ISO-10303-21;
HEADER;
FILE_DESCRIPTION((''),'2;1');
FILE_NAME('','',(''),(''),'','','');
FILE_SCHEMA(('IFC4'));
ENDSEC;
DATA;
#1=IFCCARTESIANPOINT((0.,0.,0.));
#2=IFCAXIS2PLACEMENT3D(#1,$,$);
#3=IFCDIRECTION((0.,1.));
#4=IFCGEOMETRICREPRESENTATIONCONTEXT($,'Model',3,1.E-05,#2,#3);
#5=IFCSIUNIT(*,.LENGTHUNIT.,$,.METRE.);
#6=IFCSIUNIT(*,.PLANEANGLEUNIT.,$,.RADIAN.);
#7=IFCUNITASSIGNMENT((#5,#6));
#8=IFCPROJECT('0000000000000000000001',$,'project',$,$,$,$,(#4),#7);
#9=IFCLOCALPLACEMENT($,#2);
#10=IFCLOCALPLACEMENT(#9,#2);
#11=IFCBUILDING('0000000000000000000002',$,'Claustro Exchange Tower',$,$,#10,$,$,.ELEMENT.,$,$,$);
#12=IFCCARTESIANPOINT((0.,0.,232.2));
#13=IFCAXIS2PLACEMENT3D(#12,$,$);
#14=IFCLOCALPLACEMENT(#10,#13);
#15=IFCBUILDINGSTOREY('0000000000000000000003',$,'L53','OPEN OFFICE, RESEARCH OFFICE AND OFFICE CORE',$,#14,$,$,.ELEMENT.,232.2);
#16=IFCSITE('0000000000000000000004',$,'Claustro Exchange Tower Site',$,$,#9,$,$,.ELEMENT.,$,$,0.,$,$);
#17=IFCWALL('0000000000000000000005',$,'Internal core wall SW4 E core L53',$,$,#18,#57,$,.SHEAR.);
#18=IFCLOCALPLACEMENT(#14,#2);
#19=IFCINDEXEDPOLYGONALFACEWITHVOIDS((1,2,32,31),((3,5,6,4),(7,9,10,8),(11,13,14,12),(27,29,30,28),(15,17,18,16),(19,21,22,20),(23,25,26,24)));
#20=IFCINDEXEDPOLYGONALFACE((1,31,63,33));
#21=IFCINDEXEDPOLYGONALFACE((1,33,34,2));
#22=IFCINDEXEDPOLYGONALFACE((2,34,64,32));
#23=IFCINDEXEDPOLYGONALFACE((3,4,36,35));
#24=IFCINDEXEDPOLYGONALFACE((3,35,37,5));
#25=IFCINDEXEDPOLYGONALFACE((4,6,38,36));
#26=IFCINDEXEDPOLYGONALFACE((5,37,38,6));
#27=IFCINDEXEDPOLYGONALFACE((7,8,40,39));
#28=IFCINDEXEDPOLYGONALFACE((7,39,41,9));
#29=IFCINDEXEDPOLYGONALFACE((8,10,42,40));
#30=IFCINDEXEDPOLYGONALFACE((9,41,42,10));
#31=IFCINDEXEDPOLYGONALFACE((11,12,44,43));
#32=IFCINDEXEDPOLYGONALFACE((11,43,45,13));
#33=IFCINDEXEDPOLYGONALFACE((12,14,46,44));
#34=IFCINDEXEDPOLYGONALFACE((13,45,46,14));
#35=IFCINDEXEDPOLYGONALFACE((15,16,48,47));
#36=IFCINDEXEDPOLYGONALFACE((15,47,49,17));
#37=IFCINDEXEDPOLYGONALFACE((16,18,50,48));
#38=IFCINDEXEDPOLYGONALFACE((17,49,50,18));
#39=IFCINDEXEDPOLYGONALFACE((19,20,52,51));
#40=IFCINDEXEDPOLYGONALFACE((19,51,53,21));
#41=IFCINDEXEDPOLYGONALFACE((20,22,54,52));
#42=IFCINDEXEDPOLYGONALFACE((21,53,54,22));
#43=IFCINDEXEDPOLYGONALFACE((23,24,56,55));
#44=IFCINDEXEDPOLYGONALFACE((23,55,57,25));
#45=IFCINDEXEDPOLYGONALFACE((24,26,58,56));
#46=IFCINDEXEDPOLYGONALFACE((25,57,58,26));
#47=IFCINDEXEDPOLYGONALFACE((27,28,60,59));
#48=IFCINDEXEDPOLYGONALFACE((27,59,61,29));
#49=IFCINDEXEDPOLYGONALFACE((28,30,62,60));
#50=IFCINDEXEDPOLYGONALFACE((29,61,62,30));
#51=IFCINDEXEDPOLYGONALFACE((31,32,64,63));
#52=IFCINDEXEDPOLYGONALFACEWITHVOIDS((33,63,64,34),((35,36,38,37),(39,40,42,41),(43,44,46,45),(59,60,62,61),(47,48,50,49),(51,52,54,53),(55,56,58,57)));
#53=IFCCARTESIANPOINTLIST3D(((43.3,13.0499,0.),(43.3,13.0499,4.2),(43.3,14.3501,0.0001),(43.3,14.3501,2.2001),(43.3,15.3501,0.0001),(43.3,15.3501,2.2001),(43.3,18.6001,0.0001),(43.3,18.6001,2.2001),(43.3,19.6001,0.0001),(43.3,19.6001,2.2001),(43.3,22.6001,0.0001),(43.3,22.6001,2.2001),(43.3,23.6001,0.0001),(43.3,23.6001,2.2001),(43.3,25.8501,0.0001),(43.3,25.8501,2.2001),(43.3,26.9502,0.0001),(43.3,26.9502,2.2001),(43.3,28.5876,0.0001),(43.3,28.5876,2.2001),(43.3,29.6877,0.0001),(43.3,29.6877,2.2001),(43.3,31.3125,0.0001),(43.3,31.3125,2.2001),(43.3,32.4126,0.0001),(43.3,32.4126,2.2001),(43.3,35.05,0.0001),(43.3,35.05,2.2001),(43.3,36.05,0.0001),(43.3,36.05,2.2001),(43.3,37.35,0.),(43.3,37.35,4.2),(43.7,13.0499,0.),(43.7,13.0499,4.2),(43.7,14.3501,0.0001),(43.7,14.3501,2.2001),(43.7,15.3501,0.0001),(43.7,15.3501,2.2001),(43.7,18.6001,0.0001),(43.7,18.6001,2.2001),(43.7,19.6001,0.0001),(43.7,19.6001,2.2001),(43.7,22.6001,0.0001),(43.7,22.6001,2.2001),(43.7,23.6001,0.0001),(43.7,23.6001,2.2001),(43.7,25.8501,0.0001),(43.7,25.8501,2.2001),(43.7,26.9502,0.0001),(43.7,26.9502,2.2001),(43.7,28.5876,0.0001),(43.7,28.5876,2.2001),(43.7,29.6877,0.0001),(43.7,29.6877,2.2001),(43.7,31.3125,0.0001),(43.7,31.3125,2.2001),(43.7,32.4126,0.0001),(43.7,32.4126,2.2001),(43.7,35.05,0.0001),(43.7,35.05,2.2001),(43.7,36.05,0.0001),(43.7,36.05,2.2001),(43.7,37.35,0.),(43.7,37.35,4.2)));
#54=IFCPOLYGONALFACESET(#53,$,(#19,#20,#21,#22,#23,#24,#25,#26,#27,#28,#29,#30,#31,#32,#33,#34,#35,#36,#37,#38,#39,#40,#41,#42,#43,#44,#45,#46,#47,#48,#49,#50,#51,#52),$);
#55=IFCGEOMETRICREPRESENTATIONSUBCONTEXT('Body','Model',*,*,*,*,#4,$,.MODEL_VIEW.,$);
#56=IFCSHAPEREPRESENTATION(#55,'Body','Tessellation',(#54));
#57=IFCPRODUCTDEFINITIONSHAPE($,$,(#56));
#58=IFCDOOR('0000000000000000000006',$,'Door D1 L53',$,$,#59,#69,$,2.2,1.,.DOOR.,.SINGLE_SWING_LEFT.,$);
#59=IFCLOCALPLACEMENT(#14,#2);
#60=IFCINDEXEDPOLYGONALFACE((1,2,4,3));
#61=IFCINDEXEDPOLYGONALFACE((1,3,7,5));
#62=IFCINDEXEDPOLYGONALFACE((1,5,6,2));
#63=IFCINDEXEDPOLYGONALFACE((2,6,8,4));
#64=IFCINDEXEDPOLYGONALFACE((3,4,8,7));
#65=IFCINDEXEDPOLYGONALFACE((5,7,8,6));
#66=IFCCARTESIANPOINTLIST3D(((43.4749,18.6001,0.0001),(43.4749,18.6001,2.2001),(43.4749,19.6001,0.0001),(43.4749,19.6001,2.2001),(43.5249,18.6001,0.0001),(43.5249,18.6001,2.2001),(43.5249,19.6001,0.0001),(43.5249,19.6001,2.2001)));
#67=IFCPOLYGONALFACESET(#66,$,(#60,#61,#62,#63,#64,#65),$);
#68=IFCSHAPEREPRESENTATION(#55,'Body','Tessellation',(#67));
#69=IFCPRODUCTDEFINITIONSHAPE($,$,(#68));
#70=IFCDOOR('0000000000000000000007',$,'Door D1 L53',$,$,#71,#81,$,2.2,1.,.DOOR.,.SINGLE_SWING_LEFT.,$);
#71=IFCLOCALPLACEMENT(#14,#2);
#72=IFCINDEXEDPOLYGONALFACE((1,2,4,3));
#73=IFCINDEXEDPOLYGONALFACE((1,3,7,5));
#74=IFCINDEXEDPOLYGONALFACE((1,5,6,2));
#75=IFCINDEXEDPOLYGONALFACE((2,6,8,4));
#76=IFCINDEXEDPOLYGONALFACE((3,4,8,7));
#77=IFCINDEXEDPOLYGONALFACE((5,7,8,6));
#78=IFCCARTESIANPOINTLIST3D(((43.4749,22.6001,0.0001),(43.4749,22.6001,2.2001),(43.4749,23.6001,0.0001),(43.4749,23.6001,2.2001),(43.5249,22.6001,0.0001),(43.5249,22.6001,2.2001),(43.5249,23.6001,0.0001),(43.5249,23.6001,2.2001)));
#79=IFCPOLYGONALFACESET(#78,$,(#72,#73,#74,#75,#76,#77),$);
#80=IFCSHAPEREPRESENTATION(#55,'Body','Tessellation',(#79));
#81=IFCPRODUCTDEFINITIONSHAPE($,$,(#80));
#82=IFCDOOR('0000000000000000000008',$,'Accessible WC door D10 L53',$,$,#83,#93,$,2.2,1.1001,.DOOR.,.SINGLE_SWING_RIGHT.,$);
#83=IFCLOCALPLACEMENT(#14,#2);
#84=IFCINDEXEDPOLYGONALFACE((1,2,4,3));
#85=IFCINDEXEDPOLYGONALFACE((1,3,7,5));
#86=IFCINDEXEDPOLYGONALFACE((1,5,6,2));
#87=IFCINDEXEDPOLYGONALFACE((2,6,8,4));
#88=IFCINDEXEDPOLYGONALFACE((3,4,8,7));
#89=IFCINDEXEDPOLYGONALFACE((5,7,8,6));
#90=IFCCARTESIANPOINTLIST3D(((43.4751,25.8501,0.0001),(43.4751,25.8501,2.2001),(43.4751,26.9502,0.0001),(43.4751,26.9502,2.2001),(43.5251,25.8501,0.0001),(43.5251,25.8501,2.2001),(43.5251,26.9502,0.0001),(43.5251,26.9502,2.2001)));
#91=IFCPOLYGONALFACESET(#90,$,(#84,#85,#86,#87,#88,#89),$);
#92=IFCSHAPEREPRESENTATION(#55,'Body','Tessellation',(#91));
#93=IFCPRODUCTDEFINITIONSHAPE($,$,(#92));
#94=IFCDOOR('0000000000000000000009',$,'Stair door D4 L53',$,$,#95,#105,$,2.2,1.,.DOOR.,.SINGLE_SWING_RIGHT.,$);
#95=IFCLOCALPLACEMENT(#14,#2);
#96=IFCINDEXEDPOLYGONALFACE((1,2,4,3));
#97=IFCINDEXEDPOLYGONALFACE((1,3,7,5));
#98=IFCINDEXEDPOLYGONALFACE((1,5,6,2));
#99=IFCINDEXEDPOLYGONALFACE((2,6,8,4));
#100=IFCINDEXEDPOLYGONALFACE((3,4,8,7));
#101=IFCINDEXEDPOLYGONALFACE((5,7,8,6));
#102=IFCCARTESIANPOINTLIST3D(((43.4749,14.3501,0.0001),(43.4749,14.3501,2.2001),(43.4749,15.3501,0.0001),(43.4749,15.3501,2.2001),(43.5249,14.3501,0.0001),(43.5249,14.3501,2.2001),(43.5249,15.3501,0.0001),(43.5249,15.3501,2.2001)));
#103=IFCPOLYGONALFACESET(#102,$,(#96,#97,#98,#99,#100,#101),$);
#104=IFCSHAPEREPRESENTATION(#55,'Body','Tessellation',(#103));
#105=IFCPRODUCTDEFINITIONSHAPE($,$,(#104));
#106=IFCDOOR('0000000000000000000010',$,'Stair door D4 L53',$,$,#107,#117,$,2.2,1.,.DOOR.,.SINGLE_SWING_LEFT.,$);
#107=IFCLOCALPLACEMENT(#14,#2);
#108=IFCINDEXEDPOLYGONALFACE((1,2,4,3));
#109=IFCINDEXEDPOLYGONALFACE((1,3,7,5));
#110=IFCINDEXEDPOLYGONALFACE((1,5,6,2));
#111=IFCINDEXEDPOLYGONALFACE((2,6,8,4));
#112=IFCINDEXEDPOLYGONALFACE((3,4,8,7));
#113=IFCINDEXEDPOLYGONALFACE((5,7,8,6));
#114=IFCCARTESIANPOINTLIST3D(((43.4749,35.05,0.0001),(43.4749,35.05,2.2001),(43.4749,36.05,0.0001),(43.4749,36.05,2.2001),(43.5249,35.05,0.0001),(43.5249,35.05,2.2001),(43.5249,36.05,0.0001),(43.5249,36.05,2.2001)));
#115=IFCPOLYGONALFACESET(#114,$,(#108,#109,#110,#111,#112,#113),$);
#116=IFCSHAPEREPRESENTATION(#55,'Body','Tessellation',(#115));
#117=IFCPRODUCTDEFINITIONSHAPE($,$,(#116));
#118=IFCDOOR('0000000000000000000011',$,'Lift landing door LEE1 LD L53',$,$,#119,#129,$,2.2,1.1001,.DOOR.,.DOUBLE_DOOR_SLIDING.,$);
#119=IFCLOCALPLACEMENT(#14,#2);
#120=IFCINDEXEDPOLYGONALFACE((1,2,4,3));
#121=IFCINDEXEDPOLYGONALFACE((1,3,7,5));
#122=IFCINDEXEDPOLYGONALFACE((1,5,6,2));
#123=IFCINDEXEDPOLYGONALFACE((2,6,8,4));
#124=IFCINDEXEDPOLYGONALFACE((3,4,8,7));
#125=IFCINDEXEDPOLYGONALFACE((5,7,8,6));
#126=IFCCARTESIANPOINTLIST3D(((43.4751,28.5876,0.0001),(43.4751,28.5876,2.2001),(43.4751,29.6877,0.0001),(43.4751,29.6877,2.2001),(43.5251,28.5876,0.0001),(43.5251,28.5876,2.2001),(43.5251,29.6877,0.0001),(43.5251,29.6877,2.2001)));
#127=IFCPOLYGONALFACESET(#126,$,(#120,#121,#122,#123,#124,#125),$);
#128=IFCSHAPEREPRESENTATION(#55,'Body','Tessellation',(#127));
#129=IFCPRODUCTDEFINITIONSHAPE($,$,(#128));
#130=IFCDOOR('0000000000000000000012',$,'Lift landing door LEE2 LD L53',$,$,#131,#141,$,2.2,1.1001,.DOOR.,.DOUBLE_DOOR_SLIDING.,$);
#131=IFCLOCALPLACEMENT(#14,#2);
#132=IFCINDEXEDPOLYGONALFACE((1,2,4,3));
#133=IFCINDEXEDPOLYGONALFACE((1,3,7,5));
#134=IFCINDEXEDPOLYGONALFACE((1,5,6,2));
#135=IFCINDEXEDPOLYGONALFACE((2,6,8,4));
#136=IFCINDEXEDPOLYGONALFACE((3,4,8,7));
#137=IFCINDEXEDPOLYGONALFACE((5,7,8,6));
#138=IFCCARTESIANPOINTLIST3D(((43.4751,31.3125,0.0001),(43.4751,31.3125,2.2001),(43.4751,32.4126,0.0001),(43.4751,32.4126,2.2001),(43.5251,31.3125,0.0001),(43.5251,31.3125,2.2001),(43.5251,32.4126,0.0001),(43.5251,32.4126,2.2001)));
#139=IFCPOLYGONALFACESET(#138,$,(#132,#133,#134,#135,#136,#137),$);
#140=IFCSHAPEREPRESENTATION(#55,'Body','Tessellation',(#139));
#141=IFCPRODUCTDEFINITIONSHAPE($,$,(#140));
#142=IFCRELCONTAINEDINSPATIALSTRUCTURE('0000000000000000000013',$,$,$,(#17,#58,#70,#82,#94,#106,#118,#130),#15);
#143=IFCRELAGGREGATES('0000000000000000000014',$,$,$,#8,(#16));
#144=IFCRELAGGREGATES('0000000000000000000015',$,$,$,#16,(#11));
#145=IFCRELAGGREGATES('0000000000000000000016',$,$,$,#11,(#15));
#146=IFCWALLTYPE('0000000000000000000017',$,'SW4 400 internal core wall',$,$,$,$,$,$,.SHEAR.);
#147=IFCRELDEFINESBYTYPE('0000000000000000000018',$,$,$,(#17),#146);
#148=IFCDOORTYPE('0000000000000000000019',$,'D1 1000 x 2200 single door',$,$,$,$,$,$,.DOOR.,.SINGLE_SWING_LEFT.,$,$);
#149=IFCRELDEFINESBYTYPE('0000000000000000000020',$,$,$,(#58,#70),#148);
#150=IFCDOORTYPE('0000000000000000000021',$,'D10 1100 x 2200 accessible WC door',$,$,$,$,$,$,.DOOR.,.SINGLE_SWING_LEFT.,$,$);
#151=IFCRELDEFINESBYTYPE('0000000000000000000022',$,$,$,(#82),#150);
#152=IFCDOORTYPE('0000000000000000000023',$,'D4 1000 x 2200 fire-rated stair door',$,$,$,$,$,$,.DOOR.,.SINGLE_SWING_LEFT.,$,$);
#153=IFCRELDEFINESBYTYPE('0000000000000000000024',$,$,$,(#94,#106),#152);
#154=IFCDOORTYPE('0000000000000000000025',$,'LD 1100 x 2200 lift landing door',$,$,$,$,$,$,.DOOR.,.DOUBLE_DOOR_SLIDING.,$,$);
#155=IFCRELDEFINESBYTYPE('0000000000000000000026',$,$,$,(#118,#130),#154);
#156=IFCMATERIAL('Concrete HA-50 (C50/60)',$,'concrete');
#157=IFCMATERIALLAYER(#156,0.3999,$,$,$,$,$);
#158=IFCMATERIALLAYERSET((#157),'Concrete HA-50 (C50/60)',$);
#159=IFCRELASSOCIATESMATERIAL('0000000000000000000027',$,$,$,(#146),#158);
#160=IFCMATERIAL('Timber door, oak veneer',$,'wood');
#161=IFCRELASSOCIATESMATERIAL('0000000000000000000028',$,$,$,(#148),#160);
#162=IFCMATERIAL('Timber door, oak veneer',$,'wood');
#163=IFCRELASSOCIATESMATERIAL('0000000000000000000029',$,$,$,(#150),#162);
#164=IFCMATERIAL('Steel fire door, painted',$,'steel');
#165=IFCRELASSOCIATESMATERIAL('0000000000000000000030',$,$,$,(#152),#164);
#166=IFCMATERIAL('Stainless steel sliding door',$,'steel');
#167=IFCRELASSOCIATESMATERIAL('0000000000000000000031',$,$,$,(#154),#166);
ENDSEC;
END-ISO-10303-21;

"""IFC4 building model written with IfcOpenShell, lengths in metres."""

from ifc_helpers import new_model, si_unit, direction, frame, frame_2d, origin, place, context, subcontext, project, spatial, rectangle, extrude, material, layer, layer_set, type_object, element, fill, save


model = new_model("IFC4")

# Units and contexts
model_context = context("Model", 3, precision=1e-05, world=origin(), true_north=direction((0.0, 1.0)))
body_context = subcontext(model_context, "Body", "Model", "MODEL_VIEW")
ifc_project = project(units=[si_unit("LENGTHUNIT", "METRE"), si_unit("PLANEANGLEUNIT", "RADIAN")], contexts=[model_context])

# Site, building, storey
site_placement = place(None, origin())
site = spatial("IfcSite", under=ifc_project, at=site_placement, Name="Claustro Exchange Tower Site", CompositionType="ELEMENT", RefElevation=0.0)
building_placement = place(site_placement, origin())
building = spatial("IfcBuilding", under=site, at=building_placement, Name="Claustro Exchange Tower", CompositionType="ELEMENT")
storey_placement = place(building_placement, frame((0.0, 0.0, 232.2)))
storey = spatial("IfcBuildingStorey", under=building, at=storey_placement, Name="L53", Description="OPEN OFFICE, RESEARCH OFFICE AND OFFICE CORE", CompositionType="ELEMENT", Elevation=232.2)

# Wall, openings, doors
ifc_material_1 = material(Name="Concrete HA-50 (C50/60)", Category="concrete")
ifc_layer_1 = layer(ifc_material_1, 0.3999)
ifc_layer_set_1 = layer_set([ifc_layer_1], Name="Concrete HA-50 (C50/60)")
wall_type_1 = type_object("IfcWallType", Name="SW4 400 internal core wall", PredefinedType="SHEAR", material=ifc_layer_set_1)
wall_1_placement = place(storey_placement, frame((43.5, 13.05, 0.0), z_axis=(0.0, 0.0, 1.0), x_axis=(0.0, 1.0, 0.0)))
wall_1 = element("IfcWall", 1, at=wall_1_placement, inside=storey, type_object=wall_type_1, Name="Internal core wall SW4 E core L53", PredefinedType="SHEAR", context=body_context, shape_type="SweptSolid", body=[
    extrude(rectangle(XDim=24.3, YDim=0.3999, at=frame_2d((12.1499, 0.0))), origin(), (0.0, 0.0, 1.0), 4.2),
])
opening_1_placement = place(wall_1_placement, frame((1.3, 0.0, 0.0)))
opening_1 = element("IfcOpeningElement", 2, at=opening_1_placement, cuts=wall_1, PredefinedType="OPENING", context=body_context, shape_type="SweptSolid", body=[
    extrude(rectangle(XDim=1.0, YDim=2.2, at=frame_2d((0.5, 1.1001))), frame((0.0, 0.21, 0.0), z_axis=(0.0, -1.0, 0.0), x_axis=(1.0, 0.0, 0.0)), (0.0, 0.0, 1.0), 0.4199),
])
opening_2_placement = place(wall_1_placement, frame((22.0, 0.0, 0.0)))
opening_2 = element("IfcOpeningElement", 3, at=opening_2_placement, cuts=wall_1, PredefinedType="OPENING", context=body_context, shape_type="SweptSolid", body=[
    extrude(rectangle(XDim=1.0, YDim=2.2, at=frame_2d((0.5, 1.1001))), frame((0.0, 0.21, 0.0), z_axis=(0.0, -1.0, 0.0), x_axis=(1.0, 0.0, 0.0)), (0.0, 0.0, 1.0), 0.4199),
])
opening_3_placement = place(wall_1_placement, frame((5.55, 0.0, 0.0)))
opening_3 = element("IfcOpeningElement", 4, at=opening_3_placement, cuts=wall_1, PredefinedType="OPENING", context=body_context, shape_type="SweptSolid", body=[
    extrude(rectangle(XDim=1.0, YDim=2.2, at=frame_2d((0.5, 1.1001))), frame((0.0, 0.21, 0.0), z_axis=(0.0, -1.0, 0.0), x_axis=(1.0, 0.0, 0.0)), (0.0, 0.0, 1.0), 0.4199),
])
opening_4_placement = place(wall_1_placement, frame((9.55, 0.0, 0.0)))
opening_4 = element("IfcOpeningElement", 5, at=opening_4_placement, cuts=wall_1, PredefinedType="OPENING", context=body_context, shape_type="SweptSolid", body=[
    extrude(rectangle(XDim=1.0, YDim=2.2, at=frame_2d((0.5, 1.1001))), frame((0.0, 0.21, 0.0), z_axis=(0.0, -1.0, 0.0), x_axis=(1.0, 0.0, 0.0)), (0.0, 0.0, 1.0), 0.4199),
])
opening_5_placement = place(wall_1_placement, frame((12.8, 0.0, 0.0)))
opening_5 = element("IfcOpeningElement", 6, at=opening_5_placement, cuts=wall_1, PredefinedType="OPENING", context=body_context, shape_type="SweptSolid", body=[
    extrude(rectangle(XDim=1.1001, YDim=2.2, at=frame_2d((0.55, 1.1001))), frame((0.0, 0.21, 0.0), z_axis=(0.0, -1.0, 0.0), x_axis=(1.0, 0.0, 0.0)), (0.0, 0.0, 1.0), 0.4199),
])
opening_6_placement = place(wall_1_placement, frame((15.5376, 0.0, 0.0)))
opening_6 = element("IfcOpeningElement", 7, at=opening_6_placement, cuts=wall_1, PredefinedType="OPENING", context=body_context, shape_type="SweptSolid", body=[
    extrude(rectangle(XDim=1.1001, YDim=2.2, at=frame_2d((0.55, 1.1001))), frame((0.0, 0.21, 0.0), z_axis=(0.0, -1.0, 0.0), x_axis=(1.0, 0.0, 0.0)), (0.0, 0.0, 1.0), 0.4199),
])
opening_7_placement = place(wall_1_placement, frame((18.2625, 0.0, 0.0)))
opening_7 = element("IfcOpeningElement", 8, at=opening_7_placement, cuts=wall_1, PredefinedType="OPENING", context=body_context, shape_type="SweptSolid", body=[
    extrude(rectangle(XDim=1.1001, YDim=2.2, at=frame_2d((0.55, 1.1001))), frame((0.0, 0.21, 0.0), z_axis=(0.0, -1.0, 0.0), x_axis=(1.0, 0.0, 0.0)), (0.0, 0.0, 1.0), 0.4199),
])
ifc_material_2 = material(Name="Timber door, oak veneer", Category="wood")
door_type_1 = type_object("IfcDoorType", Name="D1 1000 x 2200 single door", OperationType="SINGLE_SWING_LEFT", PredefinedType="DOOR", material=ifc_material_2)
door_1_placement = place(opening_3_placement, frame((1.0, 0.0, 0.0), z_axis=(0.0, 0.0, 1.0), x_axis=(-1.0, 0.0, 0.0)))
door_1 = element("IfcDoor", 9, at=door_1_placement, inside=storey, type_object=door_type_1, Name="Door D1 L53", OperationType="SINGLE_SWING_LEFT", OverallHeight=2.2, OverallWidth=1.0, PredefinedType="DOOR", context=body_context, shape_type="SweptSolid", body=[
    extrude(rectangle(XDim=1.0, YDim=2.2, at=frame_2d((0.5, 1.1001))), frame((0.0, 0.0249, 0.0), z_axis=(0.0, -1.0, 0.0), x_axis=(1.0, 0.0, 0.0)), (0.0, 0.0, 1.0), 0.05),
])
fill(opening_3, door_1)
door_2_placement = place(opening_4_placement, frame((1.0, 0.0, 0.0), z_axis=(0.0, 0.0, 1.0), x_axis=(-1.0, 0.0, 0.0)))
door_2 = element("IfcDoor", 10, at=door_2_placement, inside=storey, type_object=door_type_1, Name="Door D1 L53", OperationType="SINGLE_SWING_LEFT", OverallHeight=2.2, OverallWidth=1.0, PredefinedType="DOOR", context=body_context, shape_type="SweptSolid", body=[
    extrude(rectangle(XDim=1.0, YDim=2.2, at=frame_2d((0.5, 1.1001))), frame((0.0, 0.0249, 0.0), z_axis=(0.0, -1.0, 0.0), x_axis=(1.0, 0.0, 0.0)), (0.0, 0.0, 1.0), 0.05),
])
fill(opening_4, door_2)
ifc_material_3 = material(Name="Timber door, oak veneer", Category="wood")
door_type_2 = type_object("IfcDoorType", Name="D10 1100 x 2200 accessible WC door", OperationType="SINGLE_SWING_LEFT", PredefinedType="DOOR", material=ifc_material_3)
door_3_placement = place(opening_5_placement, origin())
door_3 = element("IfcDoor", 11, at=door_3_placement, inside=storey, type_object=door_type_2, Name="Accessible WC door D10 L53", OperationType="SINGLE_SWING_RIGHT", OverallHeight=2.2, OverallWidth=1.1001, PredefinedType="DOOR", context=body_context, shape_type="SweptSolid", body=[
    extrude(rectangle(XDim=1.1001, YDim=2.2, at=frame_2d((0.55, 1.1001))), frame((0.0, 0.0249, 0.0), z_axis=(0.0, -1.0, 0.0), x_axis=(1.0, 0.0, 0.0)), (0.0, 0.0, 1.0), 0.05),
])
fill(opening_5, door_3)
ifc_material_4 = material(Name="Steel fire door, painted", Category="steel")
door_type_3 = type_object("IfcDoorType", Name="D4 1000 x 2200 fire-rated stair door", OperationType="SINGLE_SWING_LEFT", PredefinedType="DOOR", material=ifc_material_4)
door_4_placement = place(opening_1_placement, frame((1.0, 0.0, 0.0), z_axis=(0.0, 0.0, 1.0), x_axis=(-1.0, 0.0, 0.0)))
door_4 = element("IfcDoor", 12, at=door_4_placement, inside=storey, type_object=door_type_3, Name="Stair door D4 L53", OperationType="SINGLE_SWING_RIGHT", OverallHeight=2.2, OverallWidth=1.0, PredefinedType="DOOR", context=body_context, shape_type="SweptSolid", body=[
    extrude(rectangle(XDim=1.0, YDim=2.2, at=frame_2d((0.5, 1.1001))), frame((0.0, 0.0249, 0.0), z_axis=(0.0, -1.0, 0.0), x_axis=(1.0, 0.0, 0.0)), (0.0, 0.0, 1.0), 0.05),
])
fill(opening_1, door_4)
door_5_placement = place(opening_2_placement, frame((1.0, 0.0, 0.0), z_axis=(0.0, 0.0, 1.0), x_axis=(-1.0, 0.0, 0.0)))
door_5 = element("IfcDoor", 13, at=door_5_placement, inside=storey, type_object=door_type_3, Name="Stair door D4 L53", OperationType="SINGLE_SWING_LEFT", OverallHeight=2.2, OverallWidth=1.0, PredefinedType="DOOR", context=body_context, shape_type="SweptSolid", body=[
    extrude(rectangle(XDim=1.0, YDim=2.2, at=frame_2d((0.5, 1.1001))), frame((0.0, 0.0249, 0.0), z_axis=(0.0, -1.0, 0.0), x_axis=(1.0, 0.0, 0.0)), (0.0, 0.0, 1.0), 0.05),
])
fill(opening_2, door_5)
ifc_material_5 = material(Name="Stainless steel sliding door", Category="steel")
door_type_4 = type_object("IfcDoorType", Name="LD 1100 x 2200 lift landing door", OperationType="DOUBLE_DOOR_SLIDING", PredefinedType="DOOR", material=ifc_material_5)
door_6_placement = place(opening_6_placement, origin())
door_6 = element("IfcDoor", 14, at=door_6_placement, inside=storey, type_object=door_type_4, Name="Lift landing door LEE1 LD L53", OperationType="DOUBLE_DOOR_SLIDING", OverallHeight=2.2, OverallWidth=1.1001, PredefinedType="DOOR", context=body_context, shape_type="SweptSolid", body=[
    extrude(rectangle(XDim=1.1001, YDim=2.2, at=frame_2d((0.55, 1.1001))), frame((0.0, 0.0249, 0.0), z_axis=(0.0, -1.0, 0.0), x_axis=(1.0, 0.0, 0.0)), (0.0, 0.0, 1.0), 0.05),
])
fill(opening_6, door_6)
door_7_placement = place(opening_7_placement, origin())
door_7 = element("IfcDoor", 15, at=door_7_placement, inside=storey, type_object=door_type_4, Name="Lift landing door LEE2 LD L53", OperationType="DOUBLE_DOOR_SLIDING", OverallHeight=2.2, OverallWidth=1.1001, PredefinedType="DOOR", context=body_context, shape_type="SweptSolid", body=[
    extrude(rectangle(XDim=1.1001, YDim=2.2, at=frame_2d((0.55, 1.1001))), frame((0.0, 0.0249, 0.0), z_axis=(0.0, -1.0, 0.0), x_axis=(1.0, 0.0, 0.0)), (0.0, 0.0, 1.0), 0.05),
])
fill(opening_7, door_7)

save(model, "model.ifc")
